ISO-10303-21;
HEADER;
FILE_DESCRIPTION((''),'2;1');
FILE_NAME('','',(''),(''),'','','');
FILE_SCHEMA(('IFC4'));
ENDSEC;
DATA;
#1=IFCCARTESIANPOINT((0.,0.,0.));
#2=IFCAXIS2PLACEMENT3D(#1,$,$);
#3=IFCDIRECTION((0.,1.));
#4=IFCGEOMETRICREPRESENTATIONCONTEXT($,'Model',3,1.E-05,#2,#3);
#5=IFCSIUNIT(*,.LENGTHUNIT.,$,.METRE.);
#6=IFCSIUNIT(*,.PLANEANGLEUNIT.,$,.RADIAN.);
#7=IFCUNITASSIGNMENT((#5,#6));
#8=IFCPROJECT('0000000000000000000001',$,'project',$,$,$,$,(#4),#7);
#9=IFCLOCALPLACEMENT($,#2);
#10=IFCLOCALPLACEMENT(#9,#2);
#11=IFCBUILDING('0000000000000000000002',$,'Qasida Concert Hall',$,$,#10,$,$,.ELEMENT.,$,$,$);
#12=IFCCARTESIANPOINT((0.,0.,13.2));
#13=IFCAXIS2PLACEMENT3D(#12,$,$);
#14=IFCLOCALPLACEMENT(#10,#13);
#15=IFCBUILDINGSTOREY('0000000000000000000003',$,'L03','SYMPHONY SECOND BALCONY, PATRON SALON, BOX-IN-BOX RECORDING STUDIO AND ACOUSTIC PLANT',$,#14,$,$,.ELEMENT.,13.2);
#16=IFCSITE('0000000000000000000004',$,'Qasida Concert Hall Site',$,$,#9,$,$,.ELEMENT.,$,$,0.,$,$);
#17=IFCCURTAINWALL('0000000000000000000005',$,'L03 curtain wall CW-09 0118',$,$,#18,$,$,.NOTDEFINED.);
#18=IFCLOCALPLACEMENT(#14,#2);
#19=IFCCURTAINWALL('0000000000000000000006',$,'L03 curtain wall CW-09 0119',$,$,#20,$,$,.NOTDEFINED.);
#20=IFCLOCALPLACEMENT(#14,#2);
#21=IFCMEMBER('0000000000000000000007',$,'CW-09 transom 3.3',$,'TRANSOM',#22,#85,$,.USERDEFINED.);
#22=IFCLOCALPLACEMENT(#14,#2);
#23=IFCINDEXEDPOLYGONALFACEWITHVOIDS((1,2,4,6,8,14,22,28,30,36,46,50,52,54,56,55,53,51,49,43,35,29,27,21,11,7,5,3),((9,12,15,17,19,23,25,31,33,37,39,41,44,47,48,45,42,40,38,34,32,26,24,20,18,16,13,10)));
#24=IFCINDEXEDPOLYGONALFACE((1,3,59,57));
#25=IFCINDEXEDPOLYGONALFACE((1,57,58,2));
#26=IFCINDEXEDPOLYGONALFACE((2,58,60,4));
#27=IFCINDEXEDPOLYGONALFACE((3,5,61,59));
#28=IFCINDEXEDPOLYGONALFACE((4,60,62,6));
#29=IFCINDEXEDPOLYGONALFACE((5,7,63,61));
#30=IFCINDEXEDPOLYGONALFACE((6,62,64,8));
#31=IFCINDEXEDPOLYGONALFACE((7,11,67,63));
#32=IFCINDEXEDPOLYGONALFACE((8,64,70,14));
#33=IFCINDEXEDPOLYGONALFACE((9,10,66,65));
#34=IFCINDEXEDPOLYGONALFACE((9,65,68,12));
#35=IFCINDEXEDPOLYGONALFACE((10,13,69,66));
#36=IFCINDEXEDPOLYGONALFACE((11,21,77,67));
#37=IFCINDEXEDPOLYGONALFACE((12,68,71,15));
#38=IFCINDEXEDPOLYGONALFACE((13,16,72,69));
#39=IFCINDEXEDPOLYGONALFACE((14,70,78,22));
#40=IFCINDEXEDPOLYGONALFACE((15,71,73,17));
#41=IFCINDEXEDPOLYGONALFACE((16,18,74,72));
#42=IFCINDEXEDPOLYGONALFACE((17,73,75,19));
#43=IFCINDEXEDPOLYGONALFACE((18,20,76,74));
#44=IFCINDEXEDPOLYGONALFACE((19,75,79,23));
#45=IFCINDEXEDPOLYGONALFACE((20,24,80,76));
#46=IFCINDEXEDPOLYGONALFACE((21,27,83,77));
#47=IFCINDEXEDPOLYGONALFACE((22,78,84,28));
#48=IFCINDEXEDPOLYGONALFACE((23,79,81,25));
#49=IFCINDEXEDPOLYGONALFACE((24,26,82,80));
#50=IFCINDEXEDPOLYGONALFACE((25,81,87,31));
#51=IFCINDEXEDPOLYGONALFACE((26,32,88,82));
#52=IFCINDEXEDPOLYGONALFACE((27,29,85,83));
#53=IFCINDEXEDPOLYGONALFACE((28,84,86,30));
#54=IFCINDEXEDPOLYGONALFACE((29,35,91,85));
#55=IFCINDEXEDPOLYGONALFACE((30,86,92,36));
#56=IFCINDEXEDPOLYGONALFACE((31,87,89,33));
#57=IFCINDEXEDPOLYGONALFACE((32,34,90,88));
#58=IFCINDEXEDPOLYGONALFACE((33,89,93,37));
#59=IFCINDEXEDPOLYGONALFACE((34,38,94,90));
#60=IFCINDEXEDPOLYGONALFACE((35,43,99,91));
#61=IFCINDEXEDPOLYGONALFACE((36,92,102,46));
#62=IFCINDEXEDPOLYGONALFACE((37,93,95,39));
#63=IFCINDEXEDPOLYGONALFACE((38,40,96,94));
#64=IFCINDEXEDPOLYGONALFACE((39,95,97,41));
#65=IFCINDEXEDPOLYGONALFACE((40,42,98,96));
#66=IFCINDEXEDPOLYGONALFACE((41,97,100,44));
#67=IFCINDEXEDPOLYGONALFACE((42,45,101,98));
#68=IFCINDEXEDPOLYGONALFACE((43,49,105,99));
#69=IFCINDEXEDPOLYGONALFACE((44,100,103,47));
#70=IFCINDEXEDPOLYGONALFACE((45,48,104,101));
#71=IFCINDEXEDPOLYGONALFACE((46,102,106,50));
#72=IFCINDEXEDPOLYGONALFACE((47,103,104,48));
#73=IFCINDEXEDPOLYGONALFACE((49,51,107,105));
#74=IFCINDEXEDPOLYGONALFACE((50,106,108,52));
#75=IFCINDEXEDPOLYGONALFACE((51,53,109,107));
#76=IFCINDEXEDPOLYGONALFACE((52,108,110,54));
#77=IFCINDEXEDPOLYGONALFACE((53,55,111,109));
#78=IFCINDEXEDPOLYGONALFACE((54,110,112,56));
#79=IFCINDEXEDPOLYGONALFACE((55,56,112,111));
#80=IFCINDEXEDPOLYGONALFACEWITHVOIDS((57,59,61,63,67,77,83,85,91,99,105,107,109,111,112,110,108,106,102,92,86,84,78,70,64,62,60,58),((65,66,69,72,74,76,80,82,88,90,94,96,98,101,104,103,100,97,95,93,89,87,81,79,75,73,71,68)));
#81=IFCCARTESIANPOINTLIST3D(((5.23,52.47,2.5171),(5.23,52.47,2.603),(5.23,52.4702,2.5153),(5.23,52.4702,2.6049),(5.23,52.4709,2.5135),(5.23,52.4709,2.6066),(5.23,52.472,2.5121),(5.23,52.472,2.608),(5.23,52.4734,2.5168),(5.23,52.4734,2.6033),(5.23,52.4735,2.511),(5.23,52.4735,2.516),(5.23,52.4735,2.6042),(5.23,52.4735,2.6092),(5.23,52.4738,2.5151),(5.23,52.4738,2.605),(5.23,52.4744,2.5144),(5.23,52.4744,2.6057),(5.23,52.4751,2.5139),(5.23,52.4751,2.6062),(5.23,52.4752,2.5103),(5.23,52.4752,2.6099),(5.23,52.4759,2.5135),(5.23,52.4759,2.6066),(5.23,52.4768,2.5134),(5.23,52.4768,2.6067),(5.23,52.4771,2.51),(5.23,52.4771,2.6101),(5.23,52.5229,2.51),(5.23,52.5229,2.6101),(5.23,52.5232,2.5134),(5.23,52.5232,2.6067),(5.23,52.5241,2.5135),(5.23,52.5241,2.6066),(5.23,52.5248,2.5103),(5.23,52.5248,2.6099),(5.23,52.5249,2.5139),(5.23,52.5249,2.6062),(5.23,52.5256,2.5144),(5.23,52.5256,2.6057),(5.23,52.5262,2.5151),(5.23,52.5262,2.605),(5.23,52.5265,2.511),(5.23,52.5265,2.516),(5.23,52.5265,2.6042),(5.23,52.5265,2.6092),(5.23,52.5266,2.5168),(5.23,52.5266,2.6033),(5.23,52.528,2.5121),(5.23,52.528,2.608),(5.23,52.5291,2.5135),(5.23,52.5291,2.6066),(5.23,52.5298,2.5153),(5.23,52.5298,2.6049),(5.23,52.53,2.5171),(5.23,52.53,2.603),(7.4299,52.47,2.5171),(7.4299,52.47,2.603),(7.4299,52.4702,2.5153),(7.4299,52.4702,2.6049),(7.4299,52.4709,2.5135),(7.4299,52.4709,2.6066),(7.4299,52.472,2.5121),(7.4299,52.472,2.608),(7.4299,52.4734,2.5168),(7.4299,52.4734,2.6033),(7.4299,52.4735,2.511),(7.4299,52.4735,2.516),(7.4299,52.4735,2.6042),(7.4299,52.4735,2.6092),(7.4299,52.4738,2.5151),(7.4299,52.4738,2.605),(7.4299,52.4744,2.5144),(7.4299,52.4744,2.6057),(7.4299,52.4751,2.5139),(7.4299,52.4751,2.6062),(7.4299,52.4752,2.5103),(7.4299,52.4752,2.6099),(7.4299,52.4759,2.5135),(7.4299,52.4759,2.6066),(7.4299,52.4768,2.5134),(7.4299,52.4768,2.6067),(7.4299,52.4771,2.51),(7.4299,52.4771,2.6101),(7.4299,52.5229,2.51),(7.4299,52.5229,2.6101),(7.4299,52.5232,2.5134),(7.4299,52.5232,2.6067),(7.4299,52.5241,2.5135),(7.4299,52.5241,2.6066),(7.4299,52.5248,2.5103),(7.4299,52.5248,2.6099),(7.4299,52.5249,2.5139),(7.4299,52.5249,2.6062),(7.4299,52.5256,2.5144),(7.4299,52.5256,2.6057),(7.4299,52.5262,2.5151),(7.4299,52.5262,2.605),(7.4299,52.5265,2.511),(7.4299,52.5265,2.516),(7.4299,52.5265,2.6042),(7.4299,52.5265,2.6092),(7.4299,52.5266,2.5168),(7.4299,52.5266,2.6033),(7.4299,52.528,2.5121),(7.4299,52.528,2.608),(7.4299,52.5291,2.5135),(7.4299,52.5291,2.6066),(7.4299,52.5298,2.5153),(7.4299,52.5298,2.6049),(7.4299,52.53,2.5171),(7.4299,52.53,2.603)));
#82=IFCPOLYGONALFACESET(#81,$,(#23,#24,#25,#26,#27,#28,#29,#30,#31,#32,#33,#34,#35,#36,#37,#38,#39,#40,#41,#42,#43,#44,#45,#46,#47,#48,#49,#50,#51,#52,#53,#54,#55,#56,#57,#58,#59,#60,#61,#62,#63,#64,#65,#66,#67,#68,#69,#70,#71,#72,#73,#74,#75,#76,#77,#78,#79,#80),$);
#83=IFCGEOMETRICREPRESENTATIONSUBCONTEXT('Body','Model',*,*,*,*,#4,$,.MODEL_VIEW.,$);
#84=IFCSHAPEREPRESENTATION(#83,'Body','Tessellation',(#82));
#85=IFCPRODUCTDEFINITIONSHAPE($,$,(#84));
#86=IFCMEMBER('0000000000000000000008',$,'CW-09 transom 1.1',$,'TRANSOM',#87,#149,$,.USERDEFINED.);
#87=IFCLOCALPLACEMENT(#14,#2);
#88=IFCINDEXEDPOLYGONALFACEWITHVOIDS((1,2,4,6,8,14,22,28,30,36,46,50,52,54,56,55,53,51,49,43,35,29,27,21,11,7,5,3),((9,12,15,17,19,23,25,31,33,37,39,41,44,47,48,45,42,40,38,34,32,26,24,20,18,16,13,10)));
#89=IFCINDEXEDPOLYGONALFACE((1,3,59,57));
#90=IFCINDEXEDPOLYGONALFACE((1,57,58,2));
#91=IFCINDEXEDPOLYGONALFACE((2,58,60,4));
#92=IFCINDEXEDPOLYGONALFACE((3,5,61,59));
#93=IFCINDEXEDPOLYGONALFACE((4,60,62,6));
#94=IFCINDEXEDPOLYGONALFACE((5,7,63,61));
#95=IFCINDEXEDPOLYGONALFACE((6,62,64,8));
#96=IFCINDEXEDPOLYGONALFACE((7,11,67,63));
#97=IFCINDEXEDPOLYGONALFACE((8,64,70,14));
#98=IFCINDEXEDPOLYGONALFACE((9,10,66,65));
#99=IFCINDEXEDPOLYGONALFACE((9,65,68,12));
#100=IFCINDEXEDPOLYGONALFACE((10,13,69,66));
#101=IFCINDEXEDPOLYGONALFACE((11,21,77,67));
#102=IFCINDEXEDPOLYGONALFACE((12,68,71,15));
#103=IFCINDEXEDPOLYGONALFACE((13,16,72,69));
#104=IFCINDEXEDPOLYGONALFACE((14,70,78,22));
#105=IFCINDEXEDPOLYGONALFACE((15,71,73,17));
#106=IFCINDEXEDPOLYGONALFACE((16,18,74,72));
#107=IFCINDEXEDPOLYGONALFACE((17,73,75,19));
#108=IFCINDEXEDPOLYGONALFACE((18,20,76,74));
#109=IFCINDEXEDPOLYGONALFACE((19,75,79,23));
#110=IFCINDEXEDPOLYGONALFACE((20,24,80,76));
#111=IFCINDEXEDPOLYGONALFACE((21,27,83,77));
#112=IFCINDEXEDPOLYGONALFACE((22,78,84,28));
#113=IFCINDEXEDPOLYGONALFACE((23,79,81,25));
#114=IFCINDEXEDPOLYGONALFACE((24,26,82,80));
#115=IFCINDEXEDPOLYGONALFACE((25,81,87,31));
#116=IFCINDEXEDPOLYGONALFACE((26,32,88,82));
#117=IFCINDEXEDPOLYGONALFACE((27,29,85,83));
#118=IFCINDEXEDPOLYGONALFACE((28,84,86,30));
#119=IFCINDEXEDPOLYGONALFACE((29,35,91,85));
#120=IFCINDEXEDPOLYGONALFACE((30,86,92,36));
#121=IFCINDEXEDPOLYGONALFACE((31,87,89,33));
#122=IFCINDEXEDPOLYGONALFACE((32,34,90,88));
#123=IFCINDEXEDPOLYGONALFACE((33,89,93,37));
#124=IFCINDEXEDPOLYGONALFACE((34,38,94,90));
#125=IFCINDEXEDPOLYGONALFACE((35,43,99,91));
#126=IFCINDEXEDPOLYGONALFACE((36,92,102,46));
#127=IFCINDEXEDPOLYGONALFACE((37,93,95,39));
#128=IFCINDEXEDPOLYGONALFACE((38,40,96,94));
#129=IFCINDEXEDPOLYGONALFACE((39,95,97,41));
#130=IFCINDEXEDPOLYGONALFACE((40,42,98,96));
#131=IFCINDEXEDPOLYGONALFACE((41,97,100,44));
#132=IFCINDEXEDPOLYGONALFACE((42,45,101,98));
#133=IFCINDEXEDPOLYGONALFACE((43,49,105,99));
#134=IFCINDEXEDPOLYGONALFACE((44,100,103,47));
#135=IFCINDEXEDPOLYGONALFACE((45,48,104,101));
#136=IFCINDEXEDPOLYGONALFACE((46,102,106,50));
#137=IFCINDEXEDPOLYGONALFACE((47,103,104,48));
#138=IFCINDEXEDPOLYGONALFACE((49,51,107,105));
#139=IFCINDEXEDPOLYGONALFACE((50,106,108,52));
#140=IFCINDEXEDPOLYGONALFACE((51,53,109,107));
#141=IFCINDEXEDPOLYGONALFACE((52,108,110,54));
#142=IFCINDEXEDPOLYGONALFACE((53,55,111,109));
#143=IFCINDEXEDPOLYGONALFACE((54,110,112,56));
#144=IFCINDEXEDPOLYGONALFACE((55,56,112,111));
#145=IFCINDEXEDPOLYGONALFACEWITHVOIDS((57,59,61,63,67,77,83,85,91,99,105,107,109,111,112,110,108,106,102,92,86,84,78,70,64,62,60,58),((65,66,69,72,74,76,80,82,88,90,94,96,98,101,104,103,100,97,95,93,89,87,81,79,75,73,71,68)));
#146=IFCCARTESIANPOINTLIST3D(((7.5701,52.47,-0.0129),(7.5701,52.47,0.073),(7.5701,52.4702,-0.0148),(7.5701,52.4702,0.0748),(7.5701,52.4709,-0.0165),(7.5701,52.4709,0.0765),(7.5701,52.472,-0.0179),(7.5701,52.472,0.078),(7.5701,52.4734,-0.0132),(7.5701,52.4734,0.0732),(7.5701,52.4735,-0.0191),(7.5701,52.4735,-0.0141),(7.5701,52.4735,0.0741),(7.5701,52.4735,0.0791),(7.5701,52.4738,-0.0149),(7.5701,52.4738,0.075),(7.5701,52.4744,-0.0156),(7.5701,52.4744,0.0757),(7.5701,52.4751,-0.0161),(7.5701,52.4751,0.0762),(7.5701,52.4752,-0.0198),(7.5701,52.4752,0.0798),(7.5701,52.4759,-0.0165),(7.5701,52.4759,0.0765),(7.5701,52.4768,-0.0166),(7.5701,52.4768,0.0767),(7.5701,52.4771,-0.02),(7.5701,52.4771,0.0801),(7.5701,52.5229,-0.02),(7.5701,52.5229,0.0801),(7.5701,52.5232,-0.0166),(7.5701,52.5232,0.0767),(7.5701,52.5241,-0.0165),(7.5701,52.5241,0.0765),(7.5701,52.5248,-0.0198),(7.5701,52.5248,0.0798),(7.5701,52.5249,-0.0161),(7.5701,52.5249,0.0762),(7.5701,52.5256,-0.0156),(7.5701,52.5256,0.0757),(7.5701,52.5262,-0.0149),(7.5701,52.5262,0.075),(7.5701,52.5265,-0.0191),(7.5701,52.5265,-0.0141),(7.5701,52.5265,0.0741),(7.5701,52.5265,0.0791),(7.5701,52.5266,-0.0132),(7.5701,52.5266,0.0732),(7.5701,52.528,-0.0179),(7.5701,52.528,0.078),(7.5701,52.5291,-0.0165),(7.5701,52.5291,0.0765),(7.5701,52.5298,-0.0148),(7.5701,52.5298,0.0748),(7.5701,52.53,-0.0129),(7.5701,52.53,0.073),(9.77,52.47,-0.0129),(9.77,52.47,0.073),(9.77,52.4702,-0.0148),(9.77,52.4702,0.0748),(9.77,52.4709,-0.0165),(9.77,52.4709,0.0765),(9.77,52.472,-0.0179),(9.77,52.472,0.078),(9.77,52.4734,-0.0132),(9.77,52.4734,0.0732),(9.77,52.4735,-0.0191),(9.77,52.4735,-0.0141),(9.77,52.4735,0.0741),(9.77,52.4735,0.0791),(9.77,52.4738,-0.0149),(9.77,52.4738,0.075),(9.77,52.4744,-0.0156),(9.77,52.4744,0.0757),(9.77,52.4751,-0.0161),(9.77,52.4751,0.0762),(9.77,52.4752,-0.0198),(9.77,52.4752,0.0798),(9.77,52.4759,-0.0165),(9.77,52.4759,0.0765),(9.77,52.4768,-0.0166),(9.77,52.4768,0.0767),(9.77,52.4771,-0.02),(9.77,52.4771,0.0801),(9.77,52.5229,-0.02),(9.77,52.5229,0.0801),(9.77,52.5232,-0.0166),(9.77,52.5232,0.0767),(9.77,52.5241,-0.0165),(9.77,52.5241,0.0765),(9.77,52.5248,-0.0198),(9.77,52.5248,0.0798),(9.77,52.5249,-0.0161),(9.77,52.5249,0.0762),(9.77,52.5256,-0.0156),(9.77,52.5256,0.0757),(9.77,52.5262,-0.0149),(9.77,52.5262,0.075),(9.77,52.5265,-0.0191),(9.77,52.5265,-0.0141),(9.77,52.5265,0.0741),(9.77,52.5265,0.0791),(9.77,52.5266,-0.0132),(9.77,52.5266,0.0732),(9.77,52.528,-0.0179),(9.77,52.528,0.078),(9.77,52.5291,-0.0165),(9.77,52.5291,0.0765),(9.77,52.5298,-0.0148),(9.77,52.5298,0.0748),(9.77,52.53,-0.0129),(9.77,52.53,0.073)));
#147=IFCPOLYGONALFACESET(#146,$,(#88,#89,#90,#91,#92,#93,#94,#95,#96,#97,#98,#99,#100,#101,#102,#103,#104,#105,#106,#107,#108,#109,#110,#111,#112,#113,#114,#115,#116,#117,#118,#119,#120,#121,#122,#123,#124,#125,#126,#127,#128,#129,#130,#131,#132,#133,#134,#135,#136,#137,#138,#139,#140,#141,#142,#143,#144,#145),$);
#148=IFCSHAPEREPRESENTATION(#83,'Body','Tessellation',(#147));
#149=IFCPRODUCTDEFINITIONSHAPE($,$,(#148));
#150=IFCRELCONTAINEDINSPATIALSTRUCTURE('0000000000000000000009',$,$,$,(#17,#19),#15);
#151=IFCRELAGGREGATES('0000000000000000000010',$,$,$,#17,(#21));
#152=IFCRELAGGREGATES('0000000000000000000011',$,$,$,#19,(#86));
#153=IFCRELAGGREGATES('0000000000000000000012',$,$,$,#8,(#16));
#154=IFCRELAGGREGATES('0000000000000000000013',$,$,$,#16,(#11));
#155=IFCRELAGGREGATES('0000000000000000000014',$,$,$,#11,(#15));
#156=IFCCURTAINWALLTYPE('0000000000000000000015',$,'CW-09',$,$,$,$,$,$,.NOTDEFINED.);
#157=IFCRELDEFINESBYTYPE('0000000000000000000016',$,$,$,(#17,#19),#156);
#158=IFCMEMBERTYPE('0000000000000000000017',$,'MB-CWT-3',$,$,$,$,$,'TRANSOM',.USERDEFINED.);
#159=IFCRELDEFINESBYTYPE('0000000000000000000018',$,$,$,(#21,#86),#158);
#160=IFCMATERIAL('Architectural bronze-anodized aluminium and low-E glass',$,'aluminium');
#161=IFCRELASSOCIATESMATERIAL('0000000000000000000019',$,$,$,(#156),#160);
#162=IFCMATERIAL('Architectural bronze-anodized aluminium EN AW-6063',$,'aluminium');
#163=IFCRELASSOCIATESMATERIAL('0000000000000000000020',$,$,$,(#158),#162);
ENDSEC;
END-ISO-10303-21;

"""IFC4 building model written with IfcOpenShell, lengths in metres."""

from ifc_helpers import new_model, si_unit, direction, frame, origin, origin_2d, place, context, subcontext, project, spatial, hollow_rectangle, extrude, material, material_profile, profile_set, type_object, element, aggregate, save


model = new_model("IFC4")

# Units and contexts
model_context = context("Model", 3, precision=1e-05, world=origin(), true_north=direction((0.0, 1.0)))
body_context = subcontext(model_context, "Body", "Model", "MODEL_VIEW")
ifc_project = project(units=[si_unit("LENGTHUNIT", "METRE"), si_unit("PLANEANGLEUNIT", "RADIAN")], contexts=[model_context])

# Site, building, storey
site_placement = place(None, origin())
site = spatial("IfcSite", under=ifc_project, at=site_placement, Name="Qasida Concert Hall Site", CompositionType="ELEMENT", RefElevation=0.0)
building_placement = place(site_placement, origin())
building = spatial("IfcBuilding", under=site, at=building_placement, Name="Qasida Concert Hall", CompositionType="ELEMENT")
storey_placement = place(building_placement, frame((0.0, 0.0, 13.2)))
storey = spatial("IfcBuildingStorey", under=building, at=storey_placement, Name="L03", Description="SYMPHONY SECOND BALCONY, PATRON SALON, BOX-IN-BOX RECORDING STUDIO AND ACOUSTIC PLANT", CompositionType="ELEMENT", Elevation=13.2)

# Curtain walls
ifc_material_1 = material(Name="Architectural bronze-anodized aluminium and low-E glass", Category="aluminium")
curtain_wall_type = type_object("IfcCurtainWallType", Name="CW-09", PredefinedType="NOTDEFINED", material=ifc_material_1)
curtain_wall_1_placement = place(storey_placement, origin())
curtain_wall_1 = element("IfcCurtainWall", 1, at=curtain_wall_1_placement, inside=storey, type_object=curtain_wall_type, Name="L03 curtain wall CW-09 0118", PredefinedType="NOTDEFINED")
ifc_material_2 = material(Name="Architectural bronze-anodized aluminium EN AW-6063", Category="aluminium")
curtain_wall_2_placement = place(storey_placement, origin())
curtain_wall_2 = element("IfcCurtainWall", 2, at=curtain_wall_2_placement, inside=storey, type_object=curtain_wall_type, Name="L03 curtain wall CW-09 0119", PredefinedType="NOTDEFINED")

# Members
ifc_material_profile_1 = material_profile(ifc_material_2, hollow_rectangle(XDim=0.0601, YDim=0.1001, WallThickness=0.0034, InnerFilletRadius=0.0034, OuterFilletRadius=0.0071, at=origin_2d()), Name="CWT 100x60x3.5")
ifc_profile_set_1 = profile_set([ifc_material_profile_1], Name="Architectural bronze-anodized aluminium EN AW-6063")
member_type_1 = type_object("IfcMemberType", Name="MB-CWT-3", ElementType="TRANSOM", PredefinedType="USERDEFINED", material=ifc_profile_set_1)
member_1_placement = place(storey_placement, frame((5.23, 52.5, 2.5601), z_axis=(1.0, 0.0, 0.0), x_axis=(0.0, 1.0, 0.0)))
member_1 = element("IfcMember", 3, at=member_1_placement, type_object=member_type_1, Name="CW-09 transom 3.3", ObjectType="TRANSOM", PredefinedType="USERDEFINED", context=body_context, shape_type="SweptSolid", body=[
    extrude(hollow_rectangle(XDim=0.0601, YDim=0.1001, WallThickness=0.0034, InnerFilletRadius=0.0034, OuterFilletRadius=0.0071, at=origin_2d()), origin(), (0.0, 0.0, 1.0), 2.2),
])
member_2_placement = place(storey_placement, frame((7.5701, 52.5, 0.03), z_axis=(1.0, 0.0, 0.0), x_axis=(0.0, 1.0, 0.0)))
member_2 = element("IfcMember", 4, at=member_2_placement, type_object=member_type_1, Name="CW-09 transom 1.1", ObjectType="TRANSOM", PredefinedType="USERDEFINED", context=body_context, shape_type="SweptSolid", body=[
    extrude(hollow_rectangle(XDim=0.0601, YDim=0.1001, WallThickness=0.0034, InnerFilletRadius=0.0034, OuterFilletRadius=0.0071, at=origin_2d()), origin(), (0.0, 0.0, 1.0), 2.2),
])

aggregate(curtain_wall_1, [member_1])
aggregate(curtain_wall_2, [member_2])

save(model, "model.ifc")
